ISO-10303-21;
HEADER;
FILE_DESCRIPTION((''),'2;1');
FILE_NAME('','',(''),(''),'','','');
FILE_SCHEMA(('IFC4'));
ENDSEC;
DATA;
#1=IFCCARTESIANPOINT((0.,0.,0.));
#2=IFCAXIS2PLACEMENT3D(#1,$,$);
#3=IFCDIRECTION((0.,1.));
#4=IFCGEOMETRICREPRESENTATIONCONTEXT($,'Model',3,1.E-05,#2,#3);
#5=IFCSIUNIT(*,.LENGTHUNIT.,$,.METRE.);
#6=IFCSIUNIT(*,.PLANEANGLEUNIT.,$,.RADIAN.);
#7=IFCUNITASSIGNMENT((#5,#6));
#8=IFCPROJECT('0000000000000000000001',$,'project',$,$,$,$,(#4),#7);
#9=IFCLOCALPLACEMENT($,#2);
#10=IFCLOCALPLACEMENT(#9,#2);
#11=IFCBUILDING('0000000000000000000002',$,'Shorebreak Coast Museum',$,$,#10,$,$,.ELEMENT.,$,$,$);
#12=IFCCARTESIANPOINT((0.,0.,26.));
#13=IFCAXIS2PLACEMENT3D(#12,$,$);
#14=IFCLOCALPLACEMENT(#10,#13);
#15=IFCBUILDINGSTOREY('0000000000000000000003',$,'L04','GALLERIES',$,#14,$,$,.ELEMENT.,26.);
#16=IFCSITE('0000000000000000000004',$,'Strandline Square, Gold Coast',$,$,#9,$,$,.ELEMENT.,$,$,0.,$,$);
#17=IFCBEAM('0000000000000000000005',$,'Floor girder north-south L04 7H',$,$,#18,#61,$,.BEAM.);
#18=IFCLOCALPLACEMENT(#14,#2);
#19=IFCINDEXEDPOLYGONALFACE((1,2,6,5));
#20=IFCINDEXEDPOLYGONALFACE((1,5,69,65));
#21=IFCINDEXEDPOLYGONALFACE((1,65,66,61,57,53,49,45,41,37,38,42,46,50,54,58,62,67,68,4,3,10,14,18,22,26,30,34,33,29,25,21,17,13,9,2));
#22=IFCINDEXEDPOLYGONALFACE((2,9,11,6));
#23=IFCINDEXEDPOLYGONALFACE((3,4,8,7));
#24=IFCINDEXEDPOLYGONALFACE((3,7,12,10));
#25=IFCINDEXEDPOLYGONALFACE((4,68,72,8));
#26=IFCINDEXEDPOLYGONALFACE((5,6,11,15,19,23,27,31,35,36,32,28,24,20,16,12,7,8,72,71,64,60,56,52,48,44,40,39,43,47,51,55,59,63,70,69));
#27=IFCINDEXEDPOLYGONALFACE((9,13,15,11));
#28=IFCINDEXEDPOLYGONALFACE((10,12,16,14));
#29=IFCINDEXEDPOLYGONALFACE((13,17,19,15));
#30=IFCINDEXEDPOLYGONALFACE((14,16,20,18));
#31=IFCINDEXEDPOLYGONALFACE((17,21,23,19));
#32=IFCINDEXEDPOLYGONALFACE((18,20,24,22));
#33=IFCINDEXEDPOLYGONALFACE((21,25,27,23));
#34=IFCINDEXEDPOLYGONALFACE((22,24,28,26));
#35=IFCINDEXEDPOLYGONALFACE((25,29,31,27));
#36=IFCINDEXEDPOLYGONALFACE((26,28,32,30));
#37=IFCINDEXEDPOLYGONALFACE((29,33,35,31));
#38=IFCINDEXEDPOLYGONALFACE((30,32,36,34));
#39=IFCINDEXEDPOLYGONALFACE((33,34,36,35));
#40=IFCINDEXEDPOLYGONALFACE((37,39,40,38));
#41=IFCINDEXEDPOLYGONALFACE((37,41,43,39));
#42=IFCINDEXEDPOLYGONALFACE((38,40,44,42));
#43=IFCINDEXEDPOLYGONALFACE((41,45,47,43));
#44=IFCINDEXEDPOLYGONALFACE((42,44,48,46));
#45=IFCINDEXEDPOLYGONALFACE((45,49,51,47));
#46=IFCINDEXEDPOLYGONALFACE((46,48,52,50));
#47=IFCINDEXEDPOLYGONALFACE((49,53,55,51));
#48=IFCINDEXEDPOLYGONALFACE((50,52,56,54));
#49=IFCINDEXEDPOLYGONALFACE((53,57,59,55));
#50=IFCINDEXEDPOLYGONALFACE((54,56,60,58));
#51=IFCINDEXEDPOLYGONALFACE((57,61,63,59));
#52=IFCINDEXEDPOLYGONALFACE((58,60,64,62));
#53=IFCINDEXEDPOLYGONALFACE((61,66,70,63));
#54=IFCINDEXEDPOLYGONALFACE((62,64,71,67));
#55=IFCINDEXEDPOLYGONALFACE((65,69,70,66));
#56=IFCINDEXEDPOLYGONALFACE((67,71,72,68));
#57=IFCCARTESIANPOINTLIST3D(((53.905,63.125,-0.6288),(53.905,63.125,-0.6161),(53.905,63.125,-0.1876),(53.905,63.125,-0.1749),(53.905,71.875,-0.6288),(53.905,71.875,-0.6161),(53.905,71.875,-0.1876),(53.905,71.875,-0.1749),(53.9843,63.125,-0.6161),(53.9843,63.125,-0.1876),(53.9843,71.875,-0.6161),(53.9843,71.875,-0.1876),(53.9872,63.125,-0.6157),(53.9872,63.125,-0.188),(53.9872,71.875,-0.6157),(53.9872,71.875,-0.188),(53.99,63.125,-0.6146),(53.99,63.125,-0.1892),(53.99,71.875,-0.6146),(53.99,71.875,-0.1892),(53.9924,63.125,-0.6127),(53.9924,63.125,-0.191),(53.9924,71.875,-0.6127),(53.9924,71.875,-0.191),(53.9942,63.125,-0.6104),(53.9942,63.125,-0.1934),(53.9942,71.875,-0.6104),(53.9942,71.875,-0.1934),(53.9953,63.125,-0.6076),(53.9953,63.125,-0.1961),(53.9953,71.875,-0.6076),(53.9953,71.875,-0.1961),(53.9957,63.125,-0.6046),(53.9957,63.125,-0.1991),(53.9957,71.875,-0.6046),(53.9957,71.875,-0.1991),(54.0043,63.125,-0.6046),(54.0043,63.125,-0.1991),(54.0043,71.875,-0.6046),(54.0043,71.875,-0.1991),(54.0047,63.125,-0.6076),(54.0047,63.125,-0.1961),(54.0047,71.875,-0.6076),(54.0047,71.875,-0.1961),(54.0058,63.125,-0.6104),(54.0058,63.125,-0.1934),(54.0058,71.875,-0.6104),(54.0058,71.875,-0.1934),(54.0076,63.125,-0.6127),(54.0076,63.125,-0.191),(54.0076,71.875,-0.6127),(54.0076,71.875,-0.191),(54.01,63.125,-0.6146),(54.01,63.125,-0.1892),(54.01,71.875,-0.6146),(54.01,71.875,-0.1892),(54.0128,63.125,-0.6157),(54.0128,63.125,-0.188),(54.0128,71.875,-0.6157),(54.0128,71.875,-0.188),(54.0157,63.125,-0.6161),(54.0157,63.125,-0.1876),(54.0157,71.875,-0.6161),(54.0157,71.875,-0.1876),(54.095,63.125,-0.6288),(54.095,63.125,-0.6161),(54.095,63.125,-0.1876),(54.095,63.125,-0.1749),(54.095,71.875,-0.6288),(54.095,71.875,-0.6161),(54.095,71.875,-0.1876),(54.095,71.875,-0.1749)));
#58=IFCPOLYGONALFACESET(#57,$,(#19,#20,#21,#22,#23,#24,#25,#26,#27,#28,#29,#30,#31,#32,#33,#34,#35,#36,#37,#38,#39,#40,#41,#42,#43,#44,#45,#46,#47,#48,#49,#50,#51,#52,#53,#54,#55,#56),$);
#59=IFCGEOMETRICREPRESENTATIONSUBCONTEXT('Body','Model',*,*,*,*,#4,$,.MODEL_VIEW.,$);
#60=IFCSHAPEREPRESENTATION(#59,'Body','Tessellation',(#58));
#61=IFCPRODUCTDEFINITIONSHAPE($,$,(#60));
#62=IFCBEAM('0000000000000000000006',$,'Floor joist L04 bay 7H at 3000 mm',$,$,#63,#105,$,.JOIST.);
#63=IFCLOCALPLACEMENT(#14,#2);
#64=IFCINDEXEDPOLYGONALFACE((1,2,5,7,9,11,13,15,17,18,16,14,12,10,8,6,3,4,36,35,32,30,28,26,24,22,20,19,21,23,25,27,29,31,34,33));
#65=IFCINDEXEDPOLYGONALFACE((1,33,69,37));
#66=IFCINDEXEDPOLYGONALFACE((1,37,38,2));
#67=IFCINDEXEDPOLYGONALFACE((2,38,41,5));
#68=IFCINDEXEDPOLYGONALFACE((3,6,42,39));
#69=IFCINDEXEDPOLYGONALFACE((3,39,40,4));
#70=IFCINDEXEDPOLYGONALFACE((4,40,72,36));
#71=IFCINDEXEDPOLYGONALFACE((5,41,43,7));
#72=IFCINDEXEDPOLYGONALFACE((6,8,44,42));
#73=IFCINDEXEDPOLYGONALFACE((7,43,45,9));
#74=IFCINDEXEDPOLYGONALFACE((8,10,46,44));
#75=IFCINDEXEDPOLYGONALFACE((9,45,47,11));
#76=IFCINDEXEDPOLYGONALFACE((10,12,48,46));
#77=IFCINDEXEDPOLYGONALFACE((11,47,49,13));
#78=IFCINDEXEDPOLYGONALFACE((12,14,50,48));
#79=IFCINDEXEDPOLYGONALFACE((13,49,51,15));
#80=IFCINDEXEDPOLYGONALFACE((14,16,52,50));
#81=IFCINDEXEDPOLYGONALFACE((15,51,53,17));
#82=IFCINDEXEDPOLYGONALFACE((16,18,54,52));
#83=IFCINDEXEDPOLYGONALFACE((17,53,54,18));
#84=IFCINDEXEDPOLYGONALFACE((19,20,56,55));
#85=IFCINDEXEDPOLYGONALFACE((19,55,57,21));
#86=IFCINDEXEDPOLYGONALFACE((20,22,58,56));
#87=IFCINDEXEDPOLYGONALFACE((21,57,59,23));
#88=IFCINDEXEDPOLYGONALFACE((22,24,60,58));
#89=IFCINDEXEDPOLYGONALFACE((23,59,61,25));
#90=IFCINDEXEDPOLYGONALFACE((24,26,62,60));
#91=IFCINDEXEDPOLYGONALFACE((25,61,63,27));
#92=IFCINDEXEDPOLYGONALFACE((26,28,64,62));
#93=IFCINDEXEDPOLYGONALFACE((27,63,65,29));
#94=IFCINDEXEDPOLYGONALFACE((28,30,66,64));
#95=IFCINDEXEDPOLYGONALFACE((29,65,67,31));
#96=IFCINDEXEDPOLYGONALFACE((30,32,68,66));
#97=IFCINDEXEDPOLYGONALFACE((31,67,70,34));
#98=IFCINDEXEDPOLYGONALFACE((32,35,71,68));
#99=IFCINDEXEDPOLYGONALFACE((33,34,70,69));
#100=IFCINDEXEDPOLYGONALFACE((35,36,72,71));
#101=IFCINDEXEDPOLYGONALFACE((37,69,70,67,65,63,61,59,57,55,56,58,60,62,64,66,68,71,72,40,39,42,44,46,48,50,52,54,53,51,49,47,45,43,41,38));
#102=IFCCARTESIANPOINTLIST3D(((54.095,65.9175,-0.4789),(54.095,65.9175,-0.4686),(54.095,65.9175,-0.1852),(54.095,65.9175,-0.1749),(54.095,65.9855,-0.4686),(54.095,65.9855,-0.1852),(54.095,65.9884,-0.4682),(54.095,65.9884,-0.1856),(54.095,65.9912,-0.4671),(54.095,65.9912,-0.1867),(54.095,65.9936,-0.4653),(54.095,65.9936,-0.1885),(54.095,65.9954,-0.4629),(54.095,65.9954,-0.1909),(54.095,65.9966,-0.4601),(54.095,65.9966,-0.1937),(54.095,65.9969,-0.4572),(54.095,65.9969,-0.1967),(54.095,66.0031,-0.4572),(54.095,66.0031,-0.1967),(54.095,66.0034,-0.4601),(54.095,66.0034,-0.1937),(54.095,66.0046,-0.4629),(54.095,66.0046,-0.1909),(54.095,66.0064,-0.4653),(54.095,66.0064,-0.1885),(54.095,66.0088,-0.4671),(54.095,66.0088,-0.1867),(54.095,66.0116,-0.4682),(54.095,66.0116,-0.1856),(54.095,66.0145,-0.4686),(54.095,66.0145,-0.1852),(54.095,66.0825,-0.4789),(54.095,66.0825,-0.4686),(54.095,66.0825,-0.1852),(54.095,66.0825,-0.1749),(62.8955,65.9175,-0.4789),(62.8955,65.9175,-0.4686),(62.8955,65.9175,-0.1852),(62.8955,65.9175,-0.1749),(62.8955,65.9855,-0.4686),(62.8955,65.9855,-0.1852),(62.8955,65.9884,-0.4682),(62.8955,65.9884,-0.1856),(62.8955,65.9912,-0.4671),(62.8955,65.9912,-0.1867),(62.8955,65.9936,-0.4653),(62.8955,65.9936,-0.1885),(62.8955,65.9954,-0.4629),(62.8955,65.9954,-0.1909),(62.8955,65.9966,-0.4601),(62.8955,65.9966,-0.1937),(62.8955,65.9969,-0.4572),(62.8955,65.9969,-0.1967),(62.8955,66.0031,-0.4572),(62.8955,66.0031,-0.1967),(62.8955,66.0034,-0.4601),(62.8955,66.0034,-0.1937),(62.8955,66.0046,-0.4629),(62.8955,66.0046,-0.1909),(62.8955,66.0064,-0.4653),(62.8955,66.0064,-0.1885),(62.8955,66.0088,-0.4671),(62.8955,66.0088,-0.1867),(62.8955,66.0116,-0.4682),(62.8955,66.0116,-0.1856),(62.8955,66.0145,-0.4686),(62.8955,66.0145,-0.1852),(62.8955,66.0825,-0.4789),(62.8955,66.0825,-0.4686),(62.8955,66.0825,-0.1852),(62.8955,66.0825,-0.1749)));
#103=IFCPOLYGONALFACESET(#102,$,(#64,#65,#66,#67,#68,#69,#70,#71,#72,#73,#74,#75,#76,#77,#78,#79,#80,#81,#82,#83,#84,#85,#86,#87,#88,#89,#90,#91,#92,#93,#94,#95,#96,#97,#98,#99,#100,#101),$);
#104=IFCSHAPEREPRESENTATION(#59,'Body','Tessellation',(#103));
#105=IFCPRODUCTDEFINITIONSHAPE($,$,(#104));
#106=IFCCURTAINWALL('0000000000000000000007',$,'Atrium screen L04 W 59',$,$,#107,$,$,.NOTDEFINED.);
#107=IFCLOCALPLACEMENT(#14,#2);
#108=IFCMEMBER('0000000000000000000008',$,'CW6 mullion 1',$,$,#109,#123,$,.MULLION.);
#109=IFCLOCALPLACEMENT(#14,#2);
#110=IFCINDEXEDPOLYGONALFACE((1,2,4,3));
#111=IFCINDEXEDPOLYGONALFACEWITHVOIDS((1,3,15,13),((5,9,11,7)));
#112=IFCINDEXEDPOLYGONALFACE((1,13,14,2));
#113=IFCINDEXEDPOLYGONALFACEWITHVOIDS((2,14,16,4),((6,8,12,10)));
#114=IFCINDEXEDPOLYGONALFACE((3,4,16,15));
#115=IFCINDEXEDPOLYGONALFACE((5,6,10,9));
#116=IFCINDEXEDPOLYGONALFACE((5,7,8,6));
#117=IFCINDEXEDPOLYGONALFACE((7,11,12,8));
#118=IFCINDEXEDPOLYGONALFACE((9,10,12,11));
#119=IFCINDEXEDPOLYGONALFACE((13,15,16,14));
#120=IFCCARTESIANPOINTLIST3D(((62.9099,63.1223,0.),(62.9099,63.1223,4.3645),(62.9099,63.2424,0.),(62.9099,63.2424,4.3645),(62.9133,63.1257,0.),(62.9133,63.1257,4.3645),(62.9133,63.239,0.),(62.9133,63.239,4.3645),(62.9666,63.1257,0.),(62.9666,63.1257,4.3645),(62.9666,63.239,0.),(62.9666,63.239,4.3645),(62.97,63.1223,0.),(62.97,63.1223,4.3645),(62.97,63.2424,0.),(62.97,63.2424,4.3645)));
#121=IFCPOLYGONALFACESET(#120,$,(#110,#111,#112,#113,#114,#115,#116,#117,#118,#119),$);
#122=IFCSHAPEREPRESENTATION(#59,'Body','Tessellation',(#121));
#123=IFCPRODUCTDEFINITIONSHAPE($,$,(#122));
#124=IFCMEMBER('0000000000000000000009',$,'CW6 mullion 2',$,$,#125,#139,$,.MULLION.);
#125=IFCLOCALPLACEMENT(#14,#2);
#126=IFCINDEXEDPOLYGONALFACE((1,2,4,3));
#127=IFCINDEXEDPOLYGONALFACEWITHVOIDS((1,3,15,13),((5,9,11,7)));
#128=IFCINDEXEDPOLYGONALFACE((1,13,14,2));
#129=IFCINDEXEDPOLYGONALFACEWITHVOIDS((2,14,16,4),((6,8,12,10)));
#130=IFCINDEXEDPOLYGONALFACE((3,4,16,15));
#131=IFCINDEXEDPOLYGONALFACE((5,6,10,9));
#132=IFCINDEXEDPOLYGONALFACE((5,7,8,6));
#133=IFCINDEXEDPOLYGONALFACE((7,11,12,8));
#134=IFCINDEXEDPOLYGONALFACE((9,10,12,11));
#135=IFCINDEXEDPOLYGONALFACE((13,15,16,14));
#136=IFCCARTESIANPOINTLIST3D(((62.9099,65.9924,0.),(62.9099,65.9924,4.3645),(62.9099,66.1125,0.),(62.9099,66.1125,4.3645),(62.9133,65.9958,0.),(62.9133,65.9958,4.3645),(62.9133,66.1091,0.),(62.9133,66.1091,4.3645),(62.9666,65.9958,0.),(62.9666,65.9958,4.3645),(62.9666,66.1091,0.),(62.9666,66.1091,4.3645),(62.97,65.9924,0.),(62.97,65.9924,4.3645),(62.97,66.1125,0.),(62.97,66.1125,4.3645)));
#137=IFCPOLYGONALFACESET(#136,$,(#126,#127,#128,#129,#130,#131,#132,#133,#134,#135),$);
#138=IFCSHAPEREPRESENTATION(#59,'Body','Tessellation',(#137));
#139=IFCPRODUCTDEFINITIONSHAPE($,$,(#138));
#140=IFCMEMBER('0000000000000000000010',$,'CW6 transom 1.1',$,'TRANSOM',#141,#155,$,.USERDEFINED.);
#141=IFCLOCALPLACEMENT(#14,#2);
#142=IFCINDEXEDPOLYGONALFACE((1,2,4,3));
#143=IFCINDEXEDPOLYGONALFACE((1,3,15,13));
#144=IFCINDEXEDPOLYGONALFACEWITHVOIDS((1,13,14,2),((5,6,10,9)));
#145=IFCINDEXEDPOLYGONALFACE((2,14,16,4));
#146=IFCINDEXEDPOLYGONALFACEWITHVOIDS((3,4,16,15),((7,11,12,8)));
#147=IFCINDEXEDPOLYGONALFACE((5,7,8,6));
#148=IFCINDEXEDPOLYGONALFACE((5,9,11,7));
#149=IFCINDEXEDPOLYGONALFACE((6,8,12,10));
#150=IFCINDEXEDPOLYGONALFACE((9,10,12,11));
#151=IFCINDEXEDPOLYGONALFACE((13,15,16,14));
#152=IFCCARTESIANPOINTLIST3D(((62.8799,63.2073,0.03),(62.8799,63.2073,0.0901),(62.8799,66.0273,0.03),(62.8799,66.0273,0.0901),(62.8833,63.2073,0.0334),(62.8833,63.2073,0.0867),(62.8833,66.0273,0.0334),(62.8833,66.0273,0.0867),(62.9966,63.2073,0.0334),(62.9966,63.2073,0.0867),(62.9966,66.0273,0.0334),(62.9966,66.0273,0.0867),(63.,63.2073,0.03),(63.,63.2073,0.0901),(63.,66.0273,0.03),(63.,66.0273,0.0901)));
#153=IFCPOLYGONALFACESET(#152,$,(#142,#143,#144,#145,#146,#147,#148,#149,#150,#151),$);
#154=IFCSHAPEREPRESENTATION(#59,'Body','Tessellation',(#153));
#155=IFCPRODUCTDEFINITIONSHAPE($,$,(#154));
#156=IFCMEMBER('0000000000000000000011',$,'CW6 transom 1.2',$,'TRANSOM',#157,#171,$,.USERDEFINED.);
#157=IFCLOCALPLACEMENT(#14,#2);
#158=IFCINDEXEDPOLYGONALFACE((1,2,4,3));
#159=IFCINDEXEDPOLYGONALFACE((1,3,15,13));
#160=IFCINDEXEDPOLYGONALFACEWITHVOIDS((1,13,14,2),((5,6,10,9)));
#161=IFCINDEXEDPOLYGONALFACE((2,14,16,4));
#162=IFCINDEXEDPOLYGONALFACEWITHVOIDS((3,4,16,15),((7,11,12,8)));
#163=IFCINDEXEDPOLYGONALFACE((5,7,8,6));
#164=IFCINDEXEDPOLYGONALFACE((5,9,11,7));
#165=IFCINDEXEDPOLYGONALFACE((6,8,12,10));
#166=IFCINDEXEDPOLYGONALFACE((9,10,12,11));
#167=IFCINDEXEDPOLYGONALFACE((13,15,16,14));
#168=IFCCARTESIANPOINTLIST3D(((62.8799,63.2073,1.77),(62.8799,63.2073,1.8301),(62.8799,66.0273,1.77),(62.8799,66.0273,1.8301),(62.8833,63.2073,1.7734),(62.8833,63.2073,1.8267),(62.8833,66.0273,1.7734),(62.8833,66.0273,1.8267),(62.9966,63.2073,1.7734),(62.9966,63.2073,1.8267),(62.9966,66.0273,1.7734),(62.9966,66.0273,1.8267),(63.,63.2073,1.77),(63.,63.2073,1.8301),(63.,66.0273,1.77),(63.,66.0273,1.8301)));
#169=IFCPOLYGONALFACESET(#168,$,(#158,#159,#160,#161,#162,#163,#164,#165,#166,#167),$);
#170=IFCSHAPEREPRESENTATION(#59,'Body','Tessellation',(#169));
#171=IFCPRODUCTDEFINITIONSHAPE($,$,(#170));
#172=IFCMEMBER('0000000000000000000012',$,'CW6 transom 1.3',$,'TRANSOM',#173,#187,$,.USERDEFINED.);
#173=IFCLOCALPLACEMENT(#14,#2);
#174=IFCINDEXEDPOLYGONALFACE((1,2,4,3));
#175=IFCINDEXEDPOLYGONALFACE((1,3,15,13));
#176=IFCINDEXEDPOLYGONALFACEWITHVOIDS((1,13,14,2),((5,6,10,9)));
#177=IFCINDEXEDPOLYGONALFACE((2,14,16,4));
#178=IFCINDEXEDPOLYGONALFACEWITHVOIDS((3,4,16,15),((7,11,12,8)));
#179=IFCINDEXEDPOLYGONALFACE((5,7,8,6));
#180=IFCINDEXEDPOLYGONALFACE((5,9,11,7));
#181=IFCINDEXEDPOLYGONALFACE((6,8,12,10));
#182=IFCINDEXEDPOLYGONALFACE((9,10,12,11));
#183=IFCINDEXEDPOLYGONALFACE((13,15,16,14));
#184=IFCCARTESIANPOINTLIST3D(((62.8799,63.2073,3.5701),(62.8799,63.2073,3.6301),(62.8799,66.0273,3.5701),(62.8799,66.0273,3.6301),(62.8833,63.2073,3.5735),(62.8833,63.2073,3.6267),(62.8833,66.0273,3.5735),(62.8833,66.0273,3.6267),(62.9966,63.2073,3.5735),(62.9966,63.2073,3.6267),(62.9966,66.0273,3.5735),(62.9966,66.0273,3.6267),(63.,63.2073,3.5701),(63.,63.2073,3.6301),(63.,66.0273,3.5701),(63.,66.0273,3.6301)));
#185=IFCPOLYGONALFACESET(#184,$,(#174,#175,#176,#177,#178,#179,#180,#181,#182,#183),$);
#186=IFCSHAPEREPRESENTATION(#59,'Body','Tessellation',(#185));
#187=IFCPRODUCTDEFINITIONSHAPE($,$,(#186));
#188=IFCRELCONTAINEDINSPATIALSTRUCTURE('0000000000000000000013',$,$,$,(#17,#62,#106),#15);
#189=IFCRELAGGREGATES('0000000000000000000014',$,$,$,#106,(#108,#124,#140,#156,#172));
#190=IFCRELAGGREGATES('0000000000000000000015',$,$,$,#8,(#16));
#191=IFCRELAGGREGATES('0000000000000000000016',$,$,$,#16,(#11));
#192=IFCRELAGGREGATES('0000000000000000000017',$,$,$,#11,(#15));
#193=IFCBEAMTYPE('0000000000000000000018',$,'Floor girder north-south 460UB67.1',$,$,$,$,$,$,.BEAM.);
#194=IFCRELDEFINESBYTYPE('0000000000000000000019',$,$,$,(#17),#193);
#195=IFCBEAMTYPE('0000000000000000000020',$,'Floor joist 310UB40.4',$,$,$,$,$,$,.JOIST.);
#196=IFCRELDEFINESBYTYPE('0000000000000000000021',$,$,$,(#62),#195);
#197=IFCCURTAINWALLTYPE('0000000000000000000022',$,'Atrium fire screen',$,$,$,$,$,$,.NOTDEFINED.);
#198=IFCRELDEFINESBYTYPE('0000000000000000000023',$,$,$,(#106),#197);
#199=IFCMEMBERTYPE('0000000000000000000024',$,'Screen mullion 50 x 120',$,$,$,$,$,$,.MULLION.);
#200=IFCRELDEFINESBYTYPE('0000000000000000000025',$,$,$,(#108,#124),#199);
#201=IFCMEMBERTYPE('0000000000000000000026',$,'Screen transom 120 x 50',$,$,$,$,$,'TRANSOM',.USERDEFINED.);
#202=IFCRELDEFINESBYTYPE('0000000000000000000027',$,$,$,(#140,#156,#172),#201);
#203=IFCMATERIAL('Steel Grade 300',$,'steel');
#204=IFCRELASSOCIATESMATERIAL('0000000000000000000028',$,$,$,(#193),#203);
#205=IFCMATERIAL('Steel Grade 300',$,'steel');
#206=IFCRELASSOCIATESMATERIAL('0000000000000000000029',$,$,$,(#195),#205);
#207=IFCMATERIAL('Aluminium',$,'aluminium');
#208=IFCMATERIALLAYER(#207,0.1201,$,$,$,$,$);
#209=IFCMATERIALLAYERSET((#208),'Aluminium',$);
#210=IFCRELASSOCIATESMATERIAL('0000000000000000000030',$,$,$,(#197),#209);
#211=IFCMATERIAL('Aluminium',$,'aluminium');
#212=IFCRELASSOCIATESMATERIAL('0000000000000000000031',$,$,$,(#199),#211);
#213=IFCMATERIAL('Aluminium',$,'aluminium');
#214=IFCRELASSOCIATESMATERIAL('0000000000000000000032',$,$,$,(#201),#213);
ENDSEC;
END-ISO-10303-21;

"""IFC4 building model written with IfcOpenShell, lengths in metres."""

from ifc_helpers import new_model, si_unit, direction, frame, origin, origin_2d, place, context, subcontext, project, spatial, hollow_rectangle, i_section, extrude, material, layer, layer_set, material_profile, profile_set, type_object, element, aggregate, save


model = new_model("IFC4")

# Units and contexts
model_context = context("Model", 3, precision=1e-05, world=origin(), true_north=direction((0.0, 1.0)))
body_context = subcontext(model_context, "Body", "Model", "MODEL_VIEW")
ifc_project = project(units=[si_unit("LENGTHUNIT", "METRE"), si_unit("PLANEANGLEUNIT", "RADIAN")], contexts=[model_context])

# Site, building, storey
site_placement = place(None, origin())
site = spatial("IfcSite", under=ifc_project, at=site_placement, Name="Strandline Square, Gold Coast", CompositionType="ELEMENT", RefElevation=0.0)
building_placement = place(site_placement, origin())
building = spatial("IfcBuilding", under=site, at=building_placement, Name="Shorebreak Coast Museum", CompositionType="ELEMENT")
storey_placement = place(building_placement, frame((0.0, 0.0, 26.0)))
storey = spatial("IfcBuildingStorey", under=building, at=storey_placement, Name="L04", Description="GALLERIES", CompositionType="ELEMENT", Elevation=26.0)

# Beams
ifc_material_1 = material(Name="Steel Grade 300", Category="steel")
ifc_material_profile_1 = material_profile(ifc_material_1, i_section(OverallWidth=0.1899, OverallDepth=0.4539, WebThickness=0.0085, FlangeThickness=0.0127, FilletRadius=0.0115, at=origin_2d()), Name="460UB67.1")
ifc_profile_set_1 = profile_set([ifc_material_profile_1], Name="Steel Grade 300")
beam_type_1 = type_object("IfcBeamType", Name="Floor girder north-south 460UB67.1", PredefinedType="BEAM", material=ifc_profile_set_1)
beam_1_placement = place(storey_placement, frame((54.0, 63.125, -0.4019), z_axis=(0.0, 1.0, 0.0), x_axis=(-1.0, 0.0, 0.0)))
element("IfcBeam", 1, at=beam_1_placement, inside=storey, type_object=beam_type_1, Name="Floor girder north-south L04 7H", PredefinedType="BEAM", context=body_context, shape_type="SweptSolid", body=[
    extrude(i_section(OverallWidth=0.1899, OverallDepth=0.4539, WebThickness=0.0085, FlangeThickness=0.0127, FilletRadius=0.0115, at=origin_2d()), origin(), (0.0, 0.0, 1.0), 8.75),
])
ifc_material_2 = material(Name="Steel Grade 300", Category="steel")
ifc_material_profile_2 = material_profile(ifc_material_2, i_section(OverallWidth=0.165, OverallDepth=0.304, WebThickness=0.0061, FlangeThickness=0.0103, FilletRadius=0.0115, at=origin_2d()), Name="310UB40.4")
ifc_profile_set_2 = profile_set([ifc_material_profile_2], Name="Steel Grade 300")
beam_type_2 = type_object("IfcBeamType", Name="Floor joist 310UB40.4", PredefinedType="JOIST", material=ifc_profile_set_2)
beam_2_placement = place(storey_placement, frame((54.095, 66.0, -0.3269), z_axis=(1.0, 0.0, 0.0), x_axis=(0.0, 1.0, 0.0)))
element("IfcBeam", 2, at=beam_2_placement, inside=storey, type_object=beam_type_2, Name="Floor joist L04 bay 7H at 3000 mm", PredefinedType="JOIST", context=body_context, shape_type="SweptSolid", body=[
    extrude(i_section(OverallWidth=0.165, OverallDepth=0.304, WebThickness=0.0061, FlangeThickness=0.0103, FilletRadius=0.0115, at=origin_2d()), origin(), (0.0, 0.0, 1.0), 8.8005),
])

# Curtain wall, members
ifc_material_3 = material(Name="Aluminium", Category="aluminium")
ifc_layer_1 = layer(ifc_material_3, 0.1201)
ifc_layer_set_1 = layer_set([ifc_layer_1], Name="Aluminium")
curtain_wall_type_1 = type_object("IfcCurtainWallType", Name="Atrium fire screen", PredefinedType="NOTDEFINED", material=ifc_layer_set_1)
curtain_wall_1_placement = place(storey_placement, origin())
curtain_wall_1 = element("IfcCurtainWall", 3, at=curtain_wall_1_placement, inside=storey, type_object=curtain_wall_type_1, Name="Atrium screen L04 W 59", PredefinedType="NOTDEFINED")
ifc_material_4 = material(Name="Aluminium", Category="aluminium")
ifc_material_profile_3 = material_profile(ifc_material_4, hollow_rectangle(XDim=0.0601, YDim=0.1201, WallThickness=0.0034, at=origin_2d()), Name="AL 120x60 RHS")
ifc_profile_set_3 = profile_set([ifc_material_profile_3], Name="Aluminium")
member_type_1 = type_object("IfcMemberType", Name="Screen mullion 50 x 120", PredefinedType="MULLION", material=ifc_profile_set_3)
member_1_placement = place(storey_placement, frame((62.9399, 63.1824, 0.0), z_axis=(0.0, 0.0, 1.0), x_axis=(-1.0, 0.0, 0.0)))
member_1 = element("IfcMember", 4, at=member_1_placement, type_object=member_type_1, Name="CW6 mullion 1", PredefinedType="MULLION", context=body_context, shape_type="SweptSolid", body=[
    extrude(hollow_rectangle(XDim=0.0601, YDim=0.1201, WallThickness=0.0034, at=origin_2d()), origin(), (0.0, 0.0, 1.0), 4.3645),
])
member_2_placement = place(storey_placement, frame((62.9399, 66.0525, 0.0), z_axis=(0.0, 0.0, 1.0), x_axis=(-1.0, 0.0, 0.0)))
member_2 = element("IfcMember", 5, at=member_2_placement, type_object=member_type_1, Name="CW6 mullion 2", PredefinedType="MULLION", context=body_context, shape_type="SweptSolid", body=[
    extrude(hollow_rectangle(XDim=0.0601, YDim=0.1201, WallThickness=0.0034, at=origin_2d()), origin(), (0.0, 0.0, 1.0), 4.3645),
])
ifc_material_5 = material(Name="Aluminium", Category="aluminium")
ifc_material_profile_4 = material_profile(ifc_material_5, hollow_rectangle(XDim=0.1201, YDim=0.0601, WallThickness=0.0034, at=origin_2d()), Name="AL 60x120 RHS")
ifc_profile_set_4 = profile_set([ifc_material_profile_4], Name="Aluminium")
member_type_2 = type_object("IfcMemberType", Name="Screen transom 120 x 50", ElementType="TRANSOM", PredefinedType="USERDEFINED", material=ifc_profile_set_4)
member_3_placement = place(storey_placement, frame((62.9399, 63.2073, 0.0601), z_axis=(0.0, 1.0, 0.0), x_axis=(-1.0, 0.0, 0.0)))
member_3 = element("IfcMember", 6, at=member_3_placement, type_object=member_type_2, Name="CW6 transom 1.1", ObjectType="TRANSOM", PredefinedType="USERDEFINED", context=body_context, shape_type="SweptSolid", body=[
    extrude(hollow_rectangle(XDim=0.1201, YDim=0.0601, WallThickness=0.0034, at=origin_2d()), origin(), (0.0, 0.0, 1.0), 2.8201),
])
member_4_placement = place(storey_placement, frame((62.9399, 63.2073, 1.8), z_axis=(0.0, 1.0, 0.0), x_axis=(-1.0, 0.0, 0.0)))
member_4 = element("IfcMember", 7, at=member_4_placement, type_object=member_type_2, Name="CW6 transom 1.2", ObjectType="TRANSOM", PredefinedType="USERDEFINED", context=body_context, shape_type="SweptSolid", body=[
    extrude(hollow_rectangle(XDim=0.1201, YDim=0.0601, WallThickness=0.0034, at=origin_2d()), origin(), (0.0, 0.0, 1.0), 2.8201),
])
member_5_placement = place(storey_placement, frame((62.9399, 63.2073, 3.6001), z_axis=(0.0, 1.0, 0.0), x_axis=(-1.0, 0.0, 0.0)))
member_5 = element("IfcMember", 8, at=member_5_placement, type_object=member_type_2, Name="CW6 transom 1.3", ObjectType="TRANSOM", PredefinedType="USERDEFINED", context=body_context, shape_type="SweptSolid", body=[
    extrude(hollow_rectangle(XDim=0.1201, YDim=0.0601, WallThickness=0.0034, at=origin_2d()), origin(), (0.0, 0.0, 1.0), 2.8201),
])

aggregate(curtain_wall_1, [member_1, member_2, member_3, member_4, member_5])

save(model, "model.ifc")
